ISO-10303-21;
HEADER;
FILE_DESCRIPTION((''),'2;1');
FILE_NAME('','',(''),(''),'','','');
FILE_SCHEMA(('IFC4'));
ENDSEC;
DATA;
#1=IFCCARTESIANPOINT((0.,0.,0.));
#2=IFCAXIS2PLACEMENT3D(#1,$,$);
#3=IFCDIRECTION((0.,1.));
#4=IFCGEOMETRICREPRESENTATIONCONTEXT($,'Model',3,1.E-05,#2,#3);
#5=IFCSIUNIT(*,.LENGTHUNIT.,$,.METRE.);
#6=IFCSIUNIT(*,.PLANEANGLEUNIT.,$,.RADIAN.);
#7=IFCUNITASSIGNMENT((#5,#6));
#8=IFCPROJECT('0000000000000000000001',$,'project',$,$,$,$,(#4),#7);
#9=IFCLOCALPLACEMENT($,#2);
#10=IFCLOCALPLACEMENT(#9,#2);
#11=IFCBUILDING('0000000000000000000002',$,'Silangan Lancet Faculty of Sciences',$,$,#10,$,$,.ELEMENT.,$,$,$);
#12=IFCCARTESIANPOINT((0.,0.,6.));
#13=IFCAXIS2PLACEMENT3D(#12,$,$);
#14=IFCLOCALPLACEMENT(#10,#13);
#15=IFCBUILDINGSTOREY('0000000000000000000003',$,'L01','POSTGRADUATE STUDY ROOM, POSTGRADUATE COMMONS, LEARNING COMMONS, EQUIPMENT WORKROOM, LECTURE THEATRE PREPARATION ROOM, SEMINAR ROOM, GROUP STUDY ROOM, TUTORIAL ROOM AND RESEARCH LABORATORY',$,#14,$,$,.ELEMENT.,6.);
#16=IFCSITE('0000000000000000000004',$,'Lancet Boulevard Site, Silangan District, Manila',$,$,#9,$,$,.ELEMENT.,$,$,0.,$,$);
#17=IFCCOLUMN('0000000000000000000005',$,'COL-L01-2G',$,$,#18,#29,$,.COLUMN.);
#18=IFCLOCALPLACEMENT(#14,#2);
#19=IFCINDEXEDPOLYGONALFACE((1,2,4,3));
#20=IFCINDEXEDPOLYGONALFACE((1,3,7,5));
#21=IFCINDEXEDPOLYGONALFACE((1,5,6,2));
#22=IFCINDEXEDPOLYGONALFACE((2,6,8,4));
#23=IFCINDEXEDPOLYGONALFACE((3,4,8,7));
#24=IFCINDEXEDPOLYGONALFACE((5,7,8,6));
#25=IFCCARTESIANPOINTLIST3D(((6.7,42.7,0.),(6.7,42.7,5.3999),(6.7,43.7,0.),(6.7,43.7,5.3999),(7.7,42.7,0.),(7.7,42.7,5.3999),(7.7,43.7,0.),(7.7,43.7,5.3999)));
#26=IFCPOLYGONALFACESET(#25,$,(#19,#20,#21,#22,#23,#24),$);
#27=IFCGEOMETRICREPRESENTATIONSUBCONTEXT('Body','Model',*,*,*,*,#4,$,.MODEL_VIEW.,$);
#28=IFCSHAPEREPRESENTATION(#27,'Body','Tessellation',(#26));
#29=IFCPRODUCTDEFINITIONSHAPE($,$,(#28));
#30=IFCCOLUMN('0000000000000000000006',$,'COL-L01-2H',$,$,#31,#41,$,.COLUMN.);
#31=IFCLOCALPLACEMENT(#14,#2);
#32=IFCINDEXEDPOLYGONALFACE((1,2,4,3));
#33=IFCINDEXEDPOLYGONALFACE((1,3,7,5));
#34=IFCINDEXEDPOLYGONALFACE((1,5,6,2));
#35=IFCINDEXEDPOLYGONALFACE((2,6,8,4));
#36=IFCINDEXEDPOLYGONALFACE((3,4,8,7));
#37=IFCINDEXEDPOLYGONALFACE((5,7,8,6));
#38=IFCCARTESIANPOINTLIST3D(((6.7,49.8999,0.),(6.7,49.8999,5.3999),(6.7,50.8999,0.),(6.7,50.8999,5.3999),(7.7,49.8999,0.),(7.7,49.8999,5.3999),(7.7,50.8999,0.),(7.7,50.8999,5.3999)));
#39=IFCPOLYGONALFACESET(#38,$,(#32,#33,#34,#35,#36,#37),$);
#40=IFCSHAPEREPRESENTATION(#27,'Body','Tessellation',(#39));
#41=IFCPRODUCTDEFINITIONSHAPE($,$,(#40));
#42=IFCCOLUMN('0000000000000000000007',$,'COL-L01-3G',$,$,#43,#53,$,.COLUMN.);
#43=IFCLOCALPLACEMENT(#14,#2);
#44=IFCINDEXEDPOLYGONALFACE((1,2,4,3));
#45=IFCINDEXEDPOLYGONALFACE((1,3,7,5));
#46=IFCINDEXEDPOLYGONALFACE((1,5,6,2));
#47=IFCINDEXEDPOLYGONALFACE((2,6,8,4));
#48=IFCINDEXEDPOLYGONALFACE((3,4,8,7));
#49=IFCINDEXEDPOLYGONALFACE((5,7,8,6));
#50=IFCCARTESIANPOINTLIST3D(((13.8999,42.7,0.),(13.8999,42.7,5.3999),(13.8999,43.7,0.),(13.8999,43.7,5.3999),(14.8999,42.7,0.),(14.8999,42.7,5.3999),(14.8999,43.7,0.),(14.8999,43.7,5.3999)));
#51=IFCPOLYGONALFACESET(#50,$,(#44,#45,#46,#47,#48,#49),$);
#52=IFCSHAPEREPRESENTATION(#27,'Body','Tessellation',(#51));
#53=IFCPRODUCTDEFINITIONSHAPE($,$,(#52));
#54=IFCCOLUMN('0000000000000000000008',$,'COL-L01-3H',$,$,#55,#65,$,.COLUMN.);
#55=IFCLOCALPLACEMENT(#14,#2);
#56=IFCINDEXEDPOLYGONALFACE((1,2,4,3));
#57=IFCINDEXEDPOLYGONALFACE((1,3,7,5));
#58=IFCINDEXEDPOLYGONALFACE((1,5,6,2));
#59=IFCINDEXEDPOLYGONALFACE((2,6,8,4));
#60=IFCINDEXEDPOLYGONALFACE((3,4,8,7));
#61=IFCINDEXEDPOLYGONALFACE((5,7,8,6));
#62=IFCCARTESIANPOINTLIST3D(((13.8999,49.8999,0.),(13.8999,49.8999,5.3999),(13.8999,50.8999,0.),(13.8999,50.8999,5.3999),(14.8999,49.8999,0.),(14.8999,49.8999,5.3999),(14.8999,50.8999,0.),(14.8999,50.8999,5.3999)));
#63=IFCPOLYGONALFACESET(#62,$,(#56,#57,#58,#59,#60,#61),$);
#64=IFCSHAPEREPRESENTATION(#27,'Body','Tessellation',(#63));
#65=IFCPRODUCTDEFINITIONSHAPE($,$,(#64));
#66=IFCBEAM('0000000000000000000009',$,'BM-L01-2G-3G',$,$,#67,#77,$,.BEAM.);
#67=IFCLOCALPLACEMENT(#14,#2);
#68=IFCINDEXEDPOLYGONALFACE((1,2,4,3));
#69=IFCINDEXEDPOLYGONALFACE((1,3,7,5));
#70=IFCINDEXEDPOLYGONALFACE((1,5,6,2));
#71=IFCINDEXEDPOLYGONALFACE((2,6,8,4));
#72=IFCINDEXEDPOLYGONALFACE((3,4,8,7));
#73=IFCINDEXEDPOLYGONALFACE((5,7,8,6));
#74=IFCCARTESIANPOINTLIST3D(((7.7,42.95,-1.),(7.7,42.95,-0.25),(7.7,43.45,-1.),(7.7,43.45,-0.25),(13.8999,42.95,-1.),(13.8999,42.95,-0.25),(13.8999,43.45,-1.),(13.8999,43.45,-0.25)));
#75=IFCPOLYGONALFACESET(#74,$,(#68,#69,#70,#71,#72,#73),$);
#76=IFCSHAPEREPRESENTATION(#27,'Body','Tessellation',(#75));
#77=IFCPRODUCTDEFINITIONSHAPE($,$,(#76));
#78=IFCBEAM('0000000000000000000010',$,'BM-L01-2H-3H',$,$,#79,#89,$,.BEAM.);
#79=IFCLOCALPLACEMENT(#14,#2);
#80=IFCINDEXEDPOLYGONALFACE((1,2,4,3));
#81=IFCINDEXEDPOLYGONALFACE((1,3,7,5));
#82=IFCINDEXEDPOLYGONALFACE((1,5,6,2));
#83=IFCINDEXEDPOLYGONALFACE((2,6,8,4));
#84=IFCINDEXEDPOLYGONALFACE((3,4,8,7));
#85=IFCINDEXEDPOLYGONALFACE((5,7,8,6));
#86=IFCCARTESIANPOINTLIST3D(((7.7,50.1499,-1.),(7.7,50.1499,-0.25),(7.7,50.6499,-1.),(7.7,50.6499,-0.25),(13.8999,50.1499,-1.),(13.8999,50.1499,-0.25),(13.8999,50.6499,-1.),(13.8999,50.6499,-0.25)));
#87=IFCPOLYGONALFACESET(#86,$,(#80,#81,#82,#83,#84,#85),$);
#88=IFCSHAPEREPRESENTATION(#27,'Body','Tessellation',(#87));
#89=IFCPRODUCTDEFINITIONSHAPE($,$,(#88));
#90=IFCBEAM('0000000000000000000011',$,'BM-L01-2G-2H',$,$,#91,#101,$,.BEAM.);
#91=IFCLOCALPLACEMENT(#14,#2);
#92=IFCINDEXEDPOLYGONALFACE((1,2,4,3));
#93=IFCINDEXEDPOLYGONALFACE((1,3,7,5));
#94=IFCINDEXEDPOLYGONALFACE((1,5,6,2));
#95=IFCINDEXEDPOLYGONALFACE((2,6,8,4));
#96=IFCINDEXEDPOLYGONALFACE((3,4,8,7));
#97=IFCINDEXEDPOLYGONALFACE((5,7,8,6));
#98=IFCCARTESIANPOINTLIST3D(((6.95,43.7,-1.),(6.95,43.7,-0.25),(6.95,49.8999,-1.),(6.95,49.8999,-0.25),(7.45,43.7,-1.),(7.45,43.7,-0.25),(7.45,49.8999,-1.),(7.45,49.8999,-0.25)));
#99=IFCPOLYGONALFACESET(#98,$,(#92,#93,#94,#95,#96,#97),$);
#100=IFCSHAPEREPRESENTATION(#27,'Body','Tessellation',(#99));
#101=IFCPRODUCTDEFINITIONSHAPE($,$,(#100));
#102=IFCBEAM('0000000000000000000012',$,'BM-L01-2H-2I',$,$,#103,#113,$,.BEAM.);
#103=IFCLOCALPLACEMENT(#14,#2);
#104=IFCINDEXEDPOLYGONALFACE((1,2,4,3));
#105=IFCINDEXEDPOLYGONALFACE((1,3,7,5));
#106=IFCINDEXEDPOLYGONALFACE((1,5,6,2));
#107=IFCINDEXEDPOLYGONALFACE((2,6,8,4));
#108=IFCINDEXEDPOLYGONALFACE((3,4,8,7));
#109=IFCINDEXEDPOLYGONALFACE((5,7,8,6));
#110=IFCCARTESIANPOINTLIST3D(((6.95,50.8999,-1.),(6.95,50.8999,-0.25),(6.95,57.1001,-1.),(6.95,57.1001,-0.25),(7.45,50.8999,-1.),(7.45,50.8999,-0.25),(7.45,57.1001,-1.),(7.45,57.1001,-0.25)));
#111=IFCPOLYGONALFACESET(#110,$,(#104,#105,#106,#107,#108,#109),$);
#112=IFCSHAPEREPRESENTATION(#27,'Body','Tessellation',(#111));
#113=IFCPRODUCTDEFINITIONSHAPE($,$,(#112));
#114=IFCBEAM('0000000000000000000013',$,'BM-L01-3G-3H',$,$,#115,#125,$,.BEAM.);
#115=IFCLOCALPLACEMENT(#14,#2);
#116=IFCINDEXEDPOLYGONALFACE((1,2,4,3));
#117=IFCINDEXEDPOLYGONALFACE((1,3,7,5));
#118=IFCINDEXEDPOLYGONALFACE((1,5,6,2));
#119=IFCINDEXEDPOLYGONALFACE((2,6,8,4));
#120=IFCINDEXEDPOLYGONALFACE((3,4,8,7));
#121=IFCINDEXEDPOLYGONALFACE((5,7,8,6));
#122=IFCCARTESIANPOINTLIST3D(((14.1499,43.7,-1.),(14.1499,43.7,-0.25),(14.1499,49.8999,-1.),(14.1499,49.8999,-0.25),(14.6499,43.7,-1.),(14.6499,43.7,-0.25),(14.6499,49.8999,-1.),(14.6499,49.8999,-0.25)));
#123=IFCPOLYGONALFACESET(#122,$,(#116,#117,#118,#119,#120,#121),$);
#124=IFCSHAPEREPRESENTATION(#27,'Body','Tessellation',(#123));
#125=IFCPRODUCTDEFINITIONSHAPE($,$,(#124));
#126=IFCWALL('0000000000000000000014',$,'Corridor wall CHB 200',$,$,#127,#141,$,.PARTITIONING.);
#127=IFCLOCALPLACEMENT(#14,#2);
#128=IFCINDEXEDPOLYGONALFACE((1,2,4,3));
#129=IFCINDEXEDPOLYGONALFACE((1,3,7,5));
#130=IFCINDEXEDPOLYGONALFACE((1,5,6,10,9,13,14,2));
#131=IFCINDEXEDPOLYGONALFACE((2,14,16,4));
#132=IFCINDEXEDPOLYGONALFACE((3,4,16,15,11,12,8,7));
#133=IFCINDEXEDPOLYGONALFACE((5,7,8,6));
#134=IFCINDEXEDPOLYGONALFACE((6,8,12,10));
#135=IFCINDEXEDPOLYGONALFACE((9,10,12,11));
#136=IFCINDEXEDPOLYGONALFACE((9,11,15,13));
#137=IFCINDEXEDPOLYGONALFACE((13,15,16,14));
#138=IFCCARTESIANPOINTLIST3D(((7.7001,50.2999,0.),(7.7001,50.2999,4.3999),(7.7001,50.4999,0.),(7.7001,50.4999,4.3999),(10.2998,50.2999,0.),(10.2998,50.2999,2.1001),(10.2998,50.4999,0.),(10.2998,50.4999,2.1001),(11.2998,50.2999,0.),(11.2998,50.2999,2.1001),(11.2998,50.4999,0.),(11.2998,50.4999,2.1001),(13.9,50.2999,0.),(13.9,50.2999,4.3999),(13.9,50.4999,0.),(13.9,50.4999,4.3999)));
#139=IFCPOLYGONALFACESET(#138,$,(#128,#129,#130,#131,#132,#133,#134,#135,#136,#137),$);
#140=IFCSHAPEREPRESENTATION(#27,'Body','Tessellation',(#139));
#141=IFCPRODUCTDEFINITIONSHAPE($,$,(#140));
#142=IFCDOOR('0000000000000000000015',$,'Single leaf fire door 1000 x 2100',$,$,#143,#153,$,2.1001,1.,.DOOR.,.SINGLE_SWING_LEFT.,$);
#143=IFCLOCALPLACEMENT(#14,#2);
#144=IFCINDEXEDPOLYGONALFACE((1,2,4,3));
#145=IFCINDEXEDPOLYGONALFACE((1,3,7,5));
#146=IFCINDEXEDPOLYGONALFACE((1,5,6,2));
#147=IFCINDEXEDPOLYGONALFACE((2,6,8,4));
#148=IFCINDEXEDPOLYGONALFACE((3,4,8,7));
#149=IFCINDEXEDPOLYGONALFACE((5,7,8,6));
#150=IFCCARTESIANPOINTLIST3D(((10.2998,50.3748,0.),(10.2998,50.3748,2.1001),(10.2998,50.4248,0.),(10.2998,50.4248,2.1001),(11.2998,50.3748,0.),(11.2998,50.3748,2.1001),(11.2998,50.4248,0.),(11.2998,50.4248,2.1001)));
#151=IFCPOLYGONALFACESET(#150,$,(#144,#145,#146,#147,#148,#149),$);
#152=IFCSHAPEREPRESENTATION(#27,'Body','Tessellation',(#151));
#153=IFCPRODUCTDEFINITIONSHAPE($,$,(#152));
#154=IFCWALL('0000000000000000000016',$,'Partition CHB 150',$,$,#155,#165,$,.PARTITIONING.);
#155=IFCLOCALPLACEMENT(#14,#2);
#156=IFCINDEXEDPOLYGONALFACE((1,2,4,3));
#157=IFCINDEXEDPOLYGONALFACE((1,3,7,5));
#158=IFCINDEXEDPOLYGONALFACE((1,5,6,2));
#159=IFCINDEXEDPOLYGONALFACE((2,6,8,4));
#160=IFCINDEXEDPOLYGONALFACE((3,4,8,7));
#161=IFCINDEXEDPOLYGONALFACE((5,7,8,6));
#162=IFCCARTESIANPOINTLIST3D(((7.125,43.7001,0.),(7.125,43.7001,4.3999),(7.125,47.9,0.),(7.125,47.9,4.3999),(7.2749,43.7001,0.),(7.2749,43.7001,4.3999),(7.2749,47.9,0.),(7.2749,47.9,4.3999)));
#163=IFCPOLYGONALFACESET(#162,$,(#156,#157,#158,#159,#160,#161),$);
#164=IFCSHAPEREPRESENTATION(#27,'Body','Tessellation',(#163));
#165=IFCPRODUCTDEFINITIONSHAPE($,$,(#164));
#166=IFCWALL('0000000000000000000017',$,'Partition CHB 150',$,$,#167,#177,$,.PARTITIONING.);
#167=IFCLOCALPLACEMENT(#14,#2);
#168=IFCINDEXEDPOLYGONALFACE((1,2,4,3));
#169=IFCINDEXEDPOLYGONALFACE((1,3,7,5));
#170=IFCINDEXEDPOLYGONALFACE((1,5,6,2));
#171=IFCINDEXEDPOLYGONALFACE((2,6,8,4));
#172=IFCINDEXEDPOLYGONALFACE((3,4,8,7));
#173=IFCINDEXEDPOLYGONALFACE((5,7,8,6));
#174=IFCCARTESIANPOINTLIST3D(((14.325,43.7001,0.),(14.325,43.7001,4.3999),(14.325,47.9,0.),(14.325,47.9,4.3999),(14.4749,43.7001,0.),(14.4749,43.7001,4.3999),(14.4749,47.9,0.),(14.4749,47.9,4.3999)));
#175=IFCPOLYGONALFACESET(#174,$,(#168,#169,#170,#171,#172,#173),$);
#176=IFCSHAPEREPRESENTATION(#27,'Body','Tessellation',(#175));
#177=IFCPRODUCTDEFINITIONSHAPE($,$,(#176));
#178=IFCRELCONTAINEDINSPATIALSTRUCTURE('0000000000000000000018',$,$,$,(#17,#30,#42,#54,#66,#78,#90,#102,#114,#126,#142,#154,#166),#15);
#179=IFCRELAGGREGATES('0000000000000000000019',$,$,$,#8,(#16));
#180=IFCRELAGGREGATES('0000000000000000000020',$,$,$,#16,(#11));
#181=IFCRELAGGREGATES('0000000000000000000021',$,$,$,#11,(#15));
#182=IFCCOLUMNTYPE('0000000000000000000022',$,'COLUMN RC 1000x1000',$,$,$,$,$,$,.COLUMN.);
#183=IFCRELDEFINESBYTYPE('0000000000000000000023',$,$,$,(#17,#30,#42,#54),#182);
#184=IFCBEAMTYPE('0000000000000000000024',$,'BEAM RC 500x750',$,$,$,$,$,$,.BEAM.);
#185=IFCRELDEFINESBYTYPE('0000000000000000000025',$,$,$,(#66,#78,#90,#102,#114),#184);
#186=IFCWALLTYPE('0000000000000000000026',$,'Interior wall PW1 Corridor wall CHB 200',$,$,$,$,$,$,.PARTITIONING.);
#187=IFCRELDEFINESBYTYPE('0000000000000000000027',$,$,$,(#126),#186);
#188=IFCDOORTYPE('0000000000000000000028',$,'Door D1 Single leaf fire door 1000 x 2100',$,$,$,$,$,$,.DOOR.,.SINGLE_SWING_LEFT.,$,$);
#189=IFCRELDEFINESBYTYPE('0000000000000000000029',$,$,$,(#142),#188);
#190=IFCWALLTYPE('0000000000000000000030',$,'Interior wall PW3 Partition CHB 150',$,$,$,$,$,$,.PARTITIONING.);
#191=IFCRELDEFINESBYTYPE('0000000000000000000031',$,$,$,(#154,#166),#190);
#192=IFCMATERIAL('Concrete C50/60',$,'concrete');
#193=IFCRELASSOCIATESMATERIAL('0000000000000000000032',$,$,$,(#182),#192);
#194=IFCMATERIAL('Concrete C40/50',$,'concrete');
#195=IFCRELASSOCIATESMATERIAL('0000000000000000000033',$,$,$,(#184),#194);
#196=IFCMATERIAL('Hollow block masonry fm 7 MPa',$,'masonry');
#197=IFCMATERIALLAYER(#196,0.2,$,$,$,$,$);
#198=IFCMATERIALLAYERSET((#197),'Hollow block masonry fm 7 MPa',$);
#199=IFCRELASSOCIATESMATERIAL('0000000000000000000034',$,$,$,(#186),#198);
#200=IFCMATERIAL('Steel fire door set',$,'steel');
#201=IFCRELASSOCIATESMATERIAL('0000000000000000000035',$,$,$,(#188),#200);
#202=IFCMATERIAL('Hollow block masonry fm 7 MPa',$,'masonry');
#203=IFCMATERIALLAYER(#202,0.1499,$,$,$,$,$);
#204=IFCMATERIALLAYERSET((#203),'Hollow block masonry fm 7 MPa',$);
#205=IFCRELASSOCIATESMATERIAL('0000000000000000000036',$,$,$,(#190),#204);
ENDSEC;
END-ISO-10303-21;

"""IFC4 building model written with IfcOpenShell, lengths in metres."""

from ifc_helpers import new_model, si_unit, direction, frame, frame_2d, origin, origin_2d, place, context, subcontext, project, spatial, rectangle, extrude, material, layer, layer_set, material_profile, profile_set, type_object, element, fill, save


model = new_model("IFC4")

# Units and contexts
model_context = context("Model", 3, precision=1e-05, world=origin(), true_north=direction((0.0, 1.0)))
body_context = subcontext(model_context, "Body", "Model", "MODEL_VIEW")
ifc_project = project(units=[si_unit("LENGTHUNIT", "METRE"), si_unit("PLANEANGLEUNIT", "RADIAN")], contexts=[model_context])

# Site, building, storey
site_placement = place(None, origin())
site = spatial("IfcSite", under=ifc_project, at=site_placement, Name="Lancet Boulevard Site, Silangan District, Manila", CompositionType="ELEMENT", RefElevation=0.0)
building_placement = place(site_placement, origin())
building = spatial("IfcBuilding", under=site, at=building_placement, Name="Silangan Lancet Faculty of Sciences", CompositionType="ELEMENT")
storey_placement = place(building_placement, frame((0.0, 0.0, 6.0)))
storey = spatial("IfcBuildingStorey", under=building, at=storey_placement, Name="L01", Description="POSTGRADUATE STUDY ROOM, POSTGRADUATE COMMONS, LEARNING COMMONS, EQUIPMENT WORKROOM, LECTURE THEATRE PREPARATION ROOM, SEMINAR ROOM, GROUP STUDY ROOM, TUTORIAL ROOM AND RESEARCH LABORATORY", CompositionType="ELEMENT", Elevation=6.0)

# Columns
ifc_material_1 = material(Name="Concrete C50/60", Category="concrete")
ifc_material_profile_1 = material_profile(ifc_material_1, rectangle(XDim=1.0, YDim=1.0, at=origin_2d()), Name="RC 1000x1000")
ifc_profile_set_1 = profile_set([ifc_material_profile_1], Name="Concrete C50/60")
column_type = type_object("IfcColumnType", Name="COLUMN RC 1000x1000", PredefinedType="COLUMN", material=ifc_profile_set_1)
for number, where, z_axis, x_axis, name in (
    (1, (7.2, 43.2, 0.0), (0.0, 0.0, 1.0), (1.0, 0.0, 0.0), "COL-L01-2G"),
    (2, (7.2, 50.3999, 0.0), (0.0, 0.0, 1.0), (1.0, 0.0, 0.0), "COL-L01-2H"),
    (3, (14.3999, 43.2, 0.0), (0.0, 0.0, 1.0), (1.0, 0.0, 0.0), "COL-L01-3G"),
    (4, (14.3999, 50.3999, 0.0), (0.0, 0.0, 1.0), (1.0, 0.0, 0.0), "COL-L01-3H"),
):
    element("IfcColumn", number, at=place(storey_placement, frame(where, z_axis=z_axis, x_axis=x_axis)), inside=storey, type_object=column_type, Name=name, PredefinedType="COLUMN", context=body_context, shape_type="SweptSolid", body=[
        extrude(rectangle(XDim=1.0, YDim=1.0, at=origin_2d()), origin(), (0.0, 0.0, 1.0), 5.3999),
    ])

# Beams
ifc_material_2 = material(Name="Concrete C40/50", Category="concrete")
ifc_material_profile_2 = material_profile(ifc_material_2, rectangle(XDim=0.5, YDim=0.75, at=origin_2d()), Name="RC 500x750")
ifc_profile_set_2 = profile_set([ifc_material_profile_2], Name="Concrete C40/50")
beam_type = type_object("IfcBeamType", Name="BEAM RC 500x750", PredefinedType="BEAM", material=ifc_profile_set_2)
for number, where, z_axis, x_axis, name in (
    (5, (7.7, 43.2, -0.625), (1.0, 0.0, 0.0), (0.0, 1.0, 0.0), "BM-L01-2G-3G"),
    (6, (7.7, 50.3999, -0.625), (1.0, 0.0, 0.0), (0.0, 1.0, 0.0), "BM-L01-2H-3H"),
    (7, (7.2, 43.7, -0.625), (0.0, 1.0, 0.0), (-1.0, 0.0, 0.0), "BM-L01-2G-2H"),
):
    element("IfcBeam", number, at=place(storey_placement, frame(where, z_axis=z_axis, x_axis=x_axis)), inside=storey, type_object=beam_type, Name=name, PredefinedType="BEAM", context=body_context, shape_type="SweptSolid", body=[
        extrude(rectangle(XDim=0.5, YDim=0.75, at=origin_2d()), origin(), (0.0, 0.0, 1.0), 6.2),
    ])
beam_1_placement = place(storey_placement, frame((7.2, 50.8999, -0.625), z_axis=(0.0, 1.0, 0.0), x_axis=(-1.0, 0.0, 0.0)))
element("IfcBeam", 8, at=beam_1_placement, inside=storey, type_object=beam_type, Name="BM-L01-2H-2I", PredefinedType="BEAM", context=body_context, shape_type="SweptSolid", body=[
    extrude(rectangle(XDim=0.5, YDim=0.75, at=origin_2d()), origin(), (0.0, 0.0, 1.0), 6.2002),
])
beam_2_placement = place(storey_placement, frame((14.3999, 43.7, -0.625), z_axis=(0.0, 1.0, 0.0), x_axis=(-1.0, 0.0, 0.0)))
element("IfcBeam", 9, at=beam_2_placement, inside=storey, type_object=beam_type, Name="BM-L01-3G-3H", PredefinedType="BEAM", context=body_context, shape_type="SweptSolid", body=[
    extrude(rectangle(XDim=0.5, YDim=0.75, at=origin_2d()), origin(), (0.0, 0.0, 1.0), 6.2),
])

# Wall, opening, door
ifc_material_3 = material(Name="Hollow block masonry fm 7 MPa", Category="masonry")
ifc_layer_1 = layer(ifc_material_3, 0.2)
ifc_layer_set_1 = layer_set([ifc_layer_1], Name="Hollow block masonry fm 7 MPa")
wall_type_1 = type_object("IfcWallType", Name="Interior wall PW1 Corridor wall CHB 200", PredefinedType="PARTITIONING", material=ifc_layer_set_1)
wall_1_placement = place(storey_placement, frame((7.7, 50.3999, 0.0), z_axis=(0.0, 0.0, 1.0), x_axis=(1.0, 0.0, 0.0)))
wall_1 = element("IfcWall", 10, at=wall_1_placement, inside=storey, type_object=wall_type_1, Name="Corridor wall CHB 200", PredefinedType="PARTITIONING", context=body_context, shape_type="SweptSolid", body=[
    extrude(rectangle(XDim=6.2, YDim=0.2, at=frame_2d((3.1001, 0.0))), origin(), (0.0, 0.0, 1.0), 4.3999),
])
opening_1_placement = place(wall_1_placement, frame((2.5999, 0.0, 0.0)))
opening_1 = element("IfcOpeningElement", 11, at=opening_1_placement, cuts=wall_1, PredefinedType="OPENING", context=body_context, shape_type="SweptSolid", body=[
    extrude(rectangle(XDim=1.0, YDim=2.1001, at=frame_2d((0.5, 1.05))), frame((0.0, 0.1099, 0.0), z_axis=(0.0, -1.0, 0.0), x_axis=(1.0, 0.0, 0.0)), (0.0, 0.0, 1.0), 0.22),
])
ifc_material_4 = material(Name="Steel fire door set", Category="steel")
door_type_1 = type_object("IfcDoorType", Name="Door D1 Single leaf fire door 1000 x 2100", OperationType="SINGLE_SWING_LEFT", PredefinedType="DOOR", material=ifc_material_4)
door_1_placement = place(opening_1_placement, origin())
door_1 = element("IfcDoor", 12, at=door_1_placement, inside=storey, type_object=door_type_1, Name="Single leaf fire door 1000 x 2100", OperationType="SINGLE_SWING_LEFT", OverallHeight=2.1001, OverallWidth=1.0, PredefinedType="DOOR", context=body_context, shape_type="SweptSolid", body=[
    extrude(rectangle(XDim=1.0, YDim=2.1001, at=frame_2d((0.5, 1.05))), frame((0.0, 0.0249, 0.0), z_axis=(0.0, -1.0, 0.0), x_axis=(1.0, 0.0, 0.0)), (0.0, 0.0, 1.0), 0.05),
])
fill(opening_1, door_1)

# Walls
ifc_material_5 = material(Name="Hollow block masonry fm 7 MPa", Category="masonry")
ifc_layer_2 = layer(ifc_material_5, 0.1499)
ifc_layer_set_2 = layer_set([ifc_layer_2], Name="Hollow block masonry fm 7 MPa")
wall_type_2 = type_object("IfcWallType", Name="Interior wall PW3 Partition CHB 150", PredefinedType="PARTITIONING", material=ifc_layer_set_2)
for number, where, z_axis, x_axis, name in (
    (13, (7.2, 43.7, 0.0), (0.0, 0.0, 1.0), (0.0, 1.0, 0.0), "Partition CHB 150"),
    (14, (14.3999, 43.7, 0.0), (0.0, 0.0, 1.0), (0.0, 1.0, 0.0), "Partition CHB 150"),
):
    element("IfcWall", number, at=place(storey_placement, frame(where, z_axis=z_axis, x_axis=x_axis)), inside=storey, type_object=wall_type_2, Name=name, PredefinedType="PARTITIONING", context=body_context, shape_type="SweptSolid", body=[
        extrude(rectangle(XDim=4.2, YDim=0.1499, at=frame_2d((2.1001, 0.0))), origin(), (0.0, 0.0, 1.0), 4.3999),
    ])

save(model, "model.ifc")
